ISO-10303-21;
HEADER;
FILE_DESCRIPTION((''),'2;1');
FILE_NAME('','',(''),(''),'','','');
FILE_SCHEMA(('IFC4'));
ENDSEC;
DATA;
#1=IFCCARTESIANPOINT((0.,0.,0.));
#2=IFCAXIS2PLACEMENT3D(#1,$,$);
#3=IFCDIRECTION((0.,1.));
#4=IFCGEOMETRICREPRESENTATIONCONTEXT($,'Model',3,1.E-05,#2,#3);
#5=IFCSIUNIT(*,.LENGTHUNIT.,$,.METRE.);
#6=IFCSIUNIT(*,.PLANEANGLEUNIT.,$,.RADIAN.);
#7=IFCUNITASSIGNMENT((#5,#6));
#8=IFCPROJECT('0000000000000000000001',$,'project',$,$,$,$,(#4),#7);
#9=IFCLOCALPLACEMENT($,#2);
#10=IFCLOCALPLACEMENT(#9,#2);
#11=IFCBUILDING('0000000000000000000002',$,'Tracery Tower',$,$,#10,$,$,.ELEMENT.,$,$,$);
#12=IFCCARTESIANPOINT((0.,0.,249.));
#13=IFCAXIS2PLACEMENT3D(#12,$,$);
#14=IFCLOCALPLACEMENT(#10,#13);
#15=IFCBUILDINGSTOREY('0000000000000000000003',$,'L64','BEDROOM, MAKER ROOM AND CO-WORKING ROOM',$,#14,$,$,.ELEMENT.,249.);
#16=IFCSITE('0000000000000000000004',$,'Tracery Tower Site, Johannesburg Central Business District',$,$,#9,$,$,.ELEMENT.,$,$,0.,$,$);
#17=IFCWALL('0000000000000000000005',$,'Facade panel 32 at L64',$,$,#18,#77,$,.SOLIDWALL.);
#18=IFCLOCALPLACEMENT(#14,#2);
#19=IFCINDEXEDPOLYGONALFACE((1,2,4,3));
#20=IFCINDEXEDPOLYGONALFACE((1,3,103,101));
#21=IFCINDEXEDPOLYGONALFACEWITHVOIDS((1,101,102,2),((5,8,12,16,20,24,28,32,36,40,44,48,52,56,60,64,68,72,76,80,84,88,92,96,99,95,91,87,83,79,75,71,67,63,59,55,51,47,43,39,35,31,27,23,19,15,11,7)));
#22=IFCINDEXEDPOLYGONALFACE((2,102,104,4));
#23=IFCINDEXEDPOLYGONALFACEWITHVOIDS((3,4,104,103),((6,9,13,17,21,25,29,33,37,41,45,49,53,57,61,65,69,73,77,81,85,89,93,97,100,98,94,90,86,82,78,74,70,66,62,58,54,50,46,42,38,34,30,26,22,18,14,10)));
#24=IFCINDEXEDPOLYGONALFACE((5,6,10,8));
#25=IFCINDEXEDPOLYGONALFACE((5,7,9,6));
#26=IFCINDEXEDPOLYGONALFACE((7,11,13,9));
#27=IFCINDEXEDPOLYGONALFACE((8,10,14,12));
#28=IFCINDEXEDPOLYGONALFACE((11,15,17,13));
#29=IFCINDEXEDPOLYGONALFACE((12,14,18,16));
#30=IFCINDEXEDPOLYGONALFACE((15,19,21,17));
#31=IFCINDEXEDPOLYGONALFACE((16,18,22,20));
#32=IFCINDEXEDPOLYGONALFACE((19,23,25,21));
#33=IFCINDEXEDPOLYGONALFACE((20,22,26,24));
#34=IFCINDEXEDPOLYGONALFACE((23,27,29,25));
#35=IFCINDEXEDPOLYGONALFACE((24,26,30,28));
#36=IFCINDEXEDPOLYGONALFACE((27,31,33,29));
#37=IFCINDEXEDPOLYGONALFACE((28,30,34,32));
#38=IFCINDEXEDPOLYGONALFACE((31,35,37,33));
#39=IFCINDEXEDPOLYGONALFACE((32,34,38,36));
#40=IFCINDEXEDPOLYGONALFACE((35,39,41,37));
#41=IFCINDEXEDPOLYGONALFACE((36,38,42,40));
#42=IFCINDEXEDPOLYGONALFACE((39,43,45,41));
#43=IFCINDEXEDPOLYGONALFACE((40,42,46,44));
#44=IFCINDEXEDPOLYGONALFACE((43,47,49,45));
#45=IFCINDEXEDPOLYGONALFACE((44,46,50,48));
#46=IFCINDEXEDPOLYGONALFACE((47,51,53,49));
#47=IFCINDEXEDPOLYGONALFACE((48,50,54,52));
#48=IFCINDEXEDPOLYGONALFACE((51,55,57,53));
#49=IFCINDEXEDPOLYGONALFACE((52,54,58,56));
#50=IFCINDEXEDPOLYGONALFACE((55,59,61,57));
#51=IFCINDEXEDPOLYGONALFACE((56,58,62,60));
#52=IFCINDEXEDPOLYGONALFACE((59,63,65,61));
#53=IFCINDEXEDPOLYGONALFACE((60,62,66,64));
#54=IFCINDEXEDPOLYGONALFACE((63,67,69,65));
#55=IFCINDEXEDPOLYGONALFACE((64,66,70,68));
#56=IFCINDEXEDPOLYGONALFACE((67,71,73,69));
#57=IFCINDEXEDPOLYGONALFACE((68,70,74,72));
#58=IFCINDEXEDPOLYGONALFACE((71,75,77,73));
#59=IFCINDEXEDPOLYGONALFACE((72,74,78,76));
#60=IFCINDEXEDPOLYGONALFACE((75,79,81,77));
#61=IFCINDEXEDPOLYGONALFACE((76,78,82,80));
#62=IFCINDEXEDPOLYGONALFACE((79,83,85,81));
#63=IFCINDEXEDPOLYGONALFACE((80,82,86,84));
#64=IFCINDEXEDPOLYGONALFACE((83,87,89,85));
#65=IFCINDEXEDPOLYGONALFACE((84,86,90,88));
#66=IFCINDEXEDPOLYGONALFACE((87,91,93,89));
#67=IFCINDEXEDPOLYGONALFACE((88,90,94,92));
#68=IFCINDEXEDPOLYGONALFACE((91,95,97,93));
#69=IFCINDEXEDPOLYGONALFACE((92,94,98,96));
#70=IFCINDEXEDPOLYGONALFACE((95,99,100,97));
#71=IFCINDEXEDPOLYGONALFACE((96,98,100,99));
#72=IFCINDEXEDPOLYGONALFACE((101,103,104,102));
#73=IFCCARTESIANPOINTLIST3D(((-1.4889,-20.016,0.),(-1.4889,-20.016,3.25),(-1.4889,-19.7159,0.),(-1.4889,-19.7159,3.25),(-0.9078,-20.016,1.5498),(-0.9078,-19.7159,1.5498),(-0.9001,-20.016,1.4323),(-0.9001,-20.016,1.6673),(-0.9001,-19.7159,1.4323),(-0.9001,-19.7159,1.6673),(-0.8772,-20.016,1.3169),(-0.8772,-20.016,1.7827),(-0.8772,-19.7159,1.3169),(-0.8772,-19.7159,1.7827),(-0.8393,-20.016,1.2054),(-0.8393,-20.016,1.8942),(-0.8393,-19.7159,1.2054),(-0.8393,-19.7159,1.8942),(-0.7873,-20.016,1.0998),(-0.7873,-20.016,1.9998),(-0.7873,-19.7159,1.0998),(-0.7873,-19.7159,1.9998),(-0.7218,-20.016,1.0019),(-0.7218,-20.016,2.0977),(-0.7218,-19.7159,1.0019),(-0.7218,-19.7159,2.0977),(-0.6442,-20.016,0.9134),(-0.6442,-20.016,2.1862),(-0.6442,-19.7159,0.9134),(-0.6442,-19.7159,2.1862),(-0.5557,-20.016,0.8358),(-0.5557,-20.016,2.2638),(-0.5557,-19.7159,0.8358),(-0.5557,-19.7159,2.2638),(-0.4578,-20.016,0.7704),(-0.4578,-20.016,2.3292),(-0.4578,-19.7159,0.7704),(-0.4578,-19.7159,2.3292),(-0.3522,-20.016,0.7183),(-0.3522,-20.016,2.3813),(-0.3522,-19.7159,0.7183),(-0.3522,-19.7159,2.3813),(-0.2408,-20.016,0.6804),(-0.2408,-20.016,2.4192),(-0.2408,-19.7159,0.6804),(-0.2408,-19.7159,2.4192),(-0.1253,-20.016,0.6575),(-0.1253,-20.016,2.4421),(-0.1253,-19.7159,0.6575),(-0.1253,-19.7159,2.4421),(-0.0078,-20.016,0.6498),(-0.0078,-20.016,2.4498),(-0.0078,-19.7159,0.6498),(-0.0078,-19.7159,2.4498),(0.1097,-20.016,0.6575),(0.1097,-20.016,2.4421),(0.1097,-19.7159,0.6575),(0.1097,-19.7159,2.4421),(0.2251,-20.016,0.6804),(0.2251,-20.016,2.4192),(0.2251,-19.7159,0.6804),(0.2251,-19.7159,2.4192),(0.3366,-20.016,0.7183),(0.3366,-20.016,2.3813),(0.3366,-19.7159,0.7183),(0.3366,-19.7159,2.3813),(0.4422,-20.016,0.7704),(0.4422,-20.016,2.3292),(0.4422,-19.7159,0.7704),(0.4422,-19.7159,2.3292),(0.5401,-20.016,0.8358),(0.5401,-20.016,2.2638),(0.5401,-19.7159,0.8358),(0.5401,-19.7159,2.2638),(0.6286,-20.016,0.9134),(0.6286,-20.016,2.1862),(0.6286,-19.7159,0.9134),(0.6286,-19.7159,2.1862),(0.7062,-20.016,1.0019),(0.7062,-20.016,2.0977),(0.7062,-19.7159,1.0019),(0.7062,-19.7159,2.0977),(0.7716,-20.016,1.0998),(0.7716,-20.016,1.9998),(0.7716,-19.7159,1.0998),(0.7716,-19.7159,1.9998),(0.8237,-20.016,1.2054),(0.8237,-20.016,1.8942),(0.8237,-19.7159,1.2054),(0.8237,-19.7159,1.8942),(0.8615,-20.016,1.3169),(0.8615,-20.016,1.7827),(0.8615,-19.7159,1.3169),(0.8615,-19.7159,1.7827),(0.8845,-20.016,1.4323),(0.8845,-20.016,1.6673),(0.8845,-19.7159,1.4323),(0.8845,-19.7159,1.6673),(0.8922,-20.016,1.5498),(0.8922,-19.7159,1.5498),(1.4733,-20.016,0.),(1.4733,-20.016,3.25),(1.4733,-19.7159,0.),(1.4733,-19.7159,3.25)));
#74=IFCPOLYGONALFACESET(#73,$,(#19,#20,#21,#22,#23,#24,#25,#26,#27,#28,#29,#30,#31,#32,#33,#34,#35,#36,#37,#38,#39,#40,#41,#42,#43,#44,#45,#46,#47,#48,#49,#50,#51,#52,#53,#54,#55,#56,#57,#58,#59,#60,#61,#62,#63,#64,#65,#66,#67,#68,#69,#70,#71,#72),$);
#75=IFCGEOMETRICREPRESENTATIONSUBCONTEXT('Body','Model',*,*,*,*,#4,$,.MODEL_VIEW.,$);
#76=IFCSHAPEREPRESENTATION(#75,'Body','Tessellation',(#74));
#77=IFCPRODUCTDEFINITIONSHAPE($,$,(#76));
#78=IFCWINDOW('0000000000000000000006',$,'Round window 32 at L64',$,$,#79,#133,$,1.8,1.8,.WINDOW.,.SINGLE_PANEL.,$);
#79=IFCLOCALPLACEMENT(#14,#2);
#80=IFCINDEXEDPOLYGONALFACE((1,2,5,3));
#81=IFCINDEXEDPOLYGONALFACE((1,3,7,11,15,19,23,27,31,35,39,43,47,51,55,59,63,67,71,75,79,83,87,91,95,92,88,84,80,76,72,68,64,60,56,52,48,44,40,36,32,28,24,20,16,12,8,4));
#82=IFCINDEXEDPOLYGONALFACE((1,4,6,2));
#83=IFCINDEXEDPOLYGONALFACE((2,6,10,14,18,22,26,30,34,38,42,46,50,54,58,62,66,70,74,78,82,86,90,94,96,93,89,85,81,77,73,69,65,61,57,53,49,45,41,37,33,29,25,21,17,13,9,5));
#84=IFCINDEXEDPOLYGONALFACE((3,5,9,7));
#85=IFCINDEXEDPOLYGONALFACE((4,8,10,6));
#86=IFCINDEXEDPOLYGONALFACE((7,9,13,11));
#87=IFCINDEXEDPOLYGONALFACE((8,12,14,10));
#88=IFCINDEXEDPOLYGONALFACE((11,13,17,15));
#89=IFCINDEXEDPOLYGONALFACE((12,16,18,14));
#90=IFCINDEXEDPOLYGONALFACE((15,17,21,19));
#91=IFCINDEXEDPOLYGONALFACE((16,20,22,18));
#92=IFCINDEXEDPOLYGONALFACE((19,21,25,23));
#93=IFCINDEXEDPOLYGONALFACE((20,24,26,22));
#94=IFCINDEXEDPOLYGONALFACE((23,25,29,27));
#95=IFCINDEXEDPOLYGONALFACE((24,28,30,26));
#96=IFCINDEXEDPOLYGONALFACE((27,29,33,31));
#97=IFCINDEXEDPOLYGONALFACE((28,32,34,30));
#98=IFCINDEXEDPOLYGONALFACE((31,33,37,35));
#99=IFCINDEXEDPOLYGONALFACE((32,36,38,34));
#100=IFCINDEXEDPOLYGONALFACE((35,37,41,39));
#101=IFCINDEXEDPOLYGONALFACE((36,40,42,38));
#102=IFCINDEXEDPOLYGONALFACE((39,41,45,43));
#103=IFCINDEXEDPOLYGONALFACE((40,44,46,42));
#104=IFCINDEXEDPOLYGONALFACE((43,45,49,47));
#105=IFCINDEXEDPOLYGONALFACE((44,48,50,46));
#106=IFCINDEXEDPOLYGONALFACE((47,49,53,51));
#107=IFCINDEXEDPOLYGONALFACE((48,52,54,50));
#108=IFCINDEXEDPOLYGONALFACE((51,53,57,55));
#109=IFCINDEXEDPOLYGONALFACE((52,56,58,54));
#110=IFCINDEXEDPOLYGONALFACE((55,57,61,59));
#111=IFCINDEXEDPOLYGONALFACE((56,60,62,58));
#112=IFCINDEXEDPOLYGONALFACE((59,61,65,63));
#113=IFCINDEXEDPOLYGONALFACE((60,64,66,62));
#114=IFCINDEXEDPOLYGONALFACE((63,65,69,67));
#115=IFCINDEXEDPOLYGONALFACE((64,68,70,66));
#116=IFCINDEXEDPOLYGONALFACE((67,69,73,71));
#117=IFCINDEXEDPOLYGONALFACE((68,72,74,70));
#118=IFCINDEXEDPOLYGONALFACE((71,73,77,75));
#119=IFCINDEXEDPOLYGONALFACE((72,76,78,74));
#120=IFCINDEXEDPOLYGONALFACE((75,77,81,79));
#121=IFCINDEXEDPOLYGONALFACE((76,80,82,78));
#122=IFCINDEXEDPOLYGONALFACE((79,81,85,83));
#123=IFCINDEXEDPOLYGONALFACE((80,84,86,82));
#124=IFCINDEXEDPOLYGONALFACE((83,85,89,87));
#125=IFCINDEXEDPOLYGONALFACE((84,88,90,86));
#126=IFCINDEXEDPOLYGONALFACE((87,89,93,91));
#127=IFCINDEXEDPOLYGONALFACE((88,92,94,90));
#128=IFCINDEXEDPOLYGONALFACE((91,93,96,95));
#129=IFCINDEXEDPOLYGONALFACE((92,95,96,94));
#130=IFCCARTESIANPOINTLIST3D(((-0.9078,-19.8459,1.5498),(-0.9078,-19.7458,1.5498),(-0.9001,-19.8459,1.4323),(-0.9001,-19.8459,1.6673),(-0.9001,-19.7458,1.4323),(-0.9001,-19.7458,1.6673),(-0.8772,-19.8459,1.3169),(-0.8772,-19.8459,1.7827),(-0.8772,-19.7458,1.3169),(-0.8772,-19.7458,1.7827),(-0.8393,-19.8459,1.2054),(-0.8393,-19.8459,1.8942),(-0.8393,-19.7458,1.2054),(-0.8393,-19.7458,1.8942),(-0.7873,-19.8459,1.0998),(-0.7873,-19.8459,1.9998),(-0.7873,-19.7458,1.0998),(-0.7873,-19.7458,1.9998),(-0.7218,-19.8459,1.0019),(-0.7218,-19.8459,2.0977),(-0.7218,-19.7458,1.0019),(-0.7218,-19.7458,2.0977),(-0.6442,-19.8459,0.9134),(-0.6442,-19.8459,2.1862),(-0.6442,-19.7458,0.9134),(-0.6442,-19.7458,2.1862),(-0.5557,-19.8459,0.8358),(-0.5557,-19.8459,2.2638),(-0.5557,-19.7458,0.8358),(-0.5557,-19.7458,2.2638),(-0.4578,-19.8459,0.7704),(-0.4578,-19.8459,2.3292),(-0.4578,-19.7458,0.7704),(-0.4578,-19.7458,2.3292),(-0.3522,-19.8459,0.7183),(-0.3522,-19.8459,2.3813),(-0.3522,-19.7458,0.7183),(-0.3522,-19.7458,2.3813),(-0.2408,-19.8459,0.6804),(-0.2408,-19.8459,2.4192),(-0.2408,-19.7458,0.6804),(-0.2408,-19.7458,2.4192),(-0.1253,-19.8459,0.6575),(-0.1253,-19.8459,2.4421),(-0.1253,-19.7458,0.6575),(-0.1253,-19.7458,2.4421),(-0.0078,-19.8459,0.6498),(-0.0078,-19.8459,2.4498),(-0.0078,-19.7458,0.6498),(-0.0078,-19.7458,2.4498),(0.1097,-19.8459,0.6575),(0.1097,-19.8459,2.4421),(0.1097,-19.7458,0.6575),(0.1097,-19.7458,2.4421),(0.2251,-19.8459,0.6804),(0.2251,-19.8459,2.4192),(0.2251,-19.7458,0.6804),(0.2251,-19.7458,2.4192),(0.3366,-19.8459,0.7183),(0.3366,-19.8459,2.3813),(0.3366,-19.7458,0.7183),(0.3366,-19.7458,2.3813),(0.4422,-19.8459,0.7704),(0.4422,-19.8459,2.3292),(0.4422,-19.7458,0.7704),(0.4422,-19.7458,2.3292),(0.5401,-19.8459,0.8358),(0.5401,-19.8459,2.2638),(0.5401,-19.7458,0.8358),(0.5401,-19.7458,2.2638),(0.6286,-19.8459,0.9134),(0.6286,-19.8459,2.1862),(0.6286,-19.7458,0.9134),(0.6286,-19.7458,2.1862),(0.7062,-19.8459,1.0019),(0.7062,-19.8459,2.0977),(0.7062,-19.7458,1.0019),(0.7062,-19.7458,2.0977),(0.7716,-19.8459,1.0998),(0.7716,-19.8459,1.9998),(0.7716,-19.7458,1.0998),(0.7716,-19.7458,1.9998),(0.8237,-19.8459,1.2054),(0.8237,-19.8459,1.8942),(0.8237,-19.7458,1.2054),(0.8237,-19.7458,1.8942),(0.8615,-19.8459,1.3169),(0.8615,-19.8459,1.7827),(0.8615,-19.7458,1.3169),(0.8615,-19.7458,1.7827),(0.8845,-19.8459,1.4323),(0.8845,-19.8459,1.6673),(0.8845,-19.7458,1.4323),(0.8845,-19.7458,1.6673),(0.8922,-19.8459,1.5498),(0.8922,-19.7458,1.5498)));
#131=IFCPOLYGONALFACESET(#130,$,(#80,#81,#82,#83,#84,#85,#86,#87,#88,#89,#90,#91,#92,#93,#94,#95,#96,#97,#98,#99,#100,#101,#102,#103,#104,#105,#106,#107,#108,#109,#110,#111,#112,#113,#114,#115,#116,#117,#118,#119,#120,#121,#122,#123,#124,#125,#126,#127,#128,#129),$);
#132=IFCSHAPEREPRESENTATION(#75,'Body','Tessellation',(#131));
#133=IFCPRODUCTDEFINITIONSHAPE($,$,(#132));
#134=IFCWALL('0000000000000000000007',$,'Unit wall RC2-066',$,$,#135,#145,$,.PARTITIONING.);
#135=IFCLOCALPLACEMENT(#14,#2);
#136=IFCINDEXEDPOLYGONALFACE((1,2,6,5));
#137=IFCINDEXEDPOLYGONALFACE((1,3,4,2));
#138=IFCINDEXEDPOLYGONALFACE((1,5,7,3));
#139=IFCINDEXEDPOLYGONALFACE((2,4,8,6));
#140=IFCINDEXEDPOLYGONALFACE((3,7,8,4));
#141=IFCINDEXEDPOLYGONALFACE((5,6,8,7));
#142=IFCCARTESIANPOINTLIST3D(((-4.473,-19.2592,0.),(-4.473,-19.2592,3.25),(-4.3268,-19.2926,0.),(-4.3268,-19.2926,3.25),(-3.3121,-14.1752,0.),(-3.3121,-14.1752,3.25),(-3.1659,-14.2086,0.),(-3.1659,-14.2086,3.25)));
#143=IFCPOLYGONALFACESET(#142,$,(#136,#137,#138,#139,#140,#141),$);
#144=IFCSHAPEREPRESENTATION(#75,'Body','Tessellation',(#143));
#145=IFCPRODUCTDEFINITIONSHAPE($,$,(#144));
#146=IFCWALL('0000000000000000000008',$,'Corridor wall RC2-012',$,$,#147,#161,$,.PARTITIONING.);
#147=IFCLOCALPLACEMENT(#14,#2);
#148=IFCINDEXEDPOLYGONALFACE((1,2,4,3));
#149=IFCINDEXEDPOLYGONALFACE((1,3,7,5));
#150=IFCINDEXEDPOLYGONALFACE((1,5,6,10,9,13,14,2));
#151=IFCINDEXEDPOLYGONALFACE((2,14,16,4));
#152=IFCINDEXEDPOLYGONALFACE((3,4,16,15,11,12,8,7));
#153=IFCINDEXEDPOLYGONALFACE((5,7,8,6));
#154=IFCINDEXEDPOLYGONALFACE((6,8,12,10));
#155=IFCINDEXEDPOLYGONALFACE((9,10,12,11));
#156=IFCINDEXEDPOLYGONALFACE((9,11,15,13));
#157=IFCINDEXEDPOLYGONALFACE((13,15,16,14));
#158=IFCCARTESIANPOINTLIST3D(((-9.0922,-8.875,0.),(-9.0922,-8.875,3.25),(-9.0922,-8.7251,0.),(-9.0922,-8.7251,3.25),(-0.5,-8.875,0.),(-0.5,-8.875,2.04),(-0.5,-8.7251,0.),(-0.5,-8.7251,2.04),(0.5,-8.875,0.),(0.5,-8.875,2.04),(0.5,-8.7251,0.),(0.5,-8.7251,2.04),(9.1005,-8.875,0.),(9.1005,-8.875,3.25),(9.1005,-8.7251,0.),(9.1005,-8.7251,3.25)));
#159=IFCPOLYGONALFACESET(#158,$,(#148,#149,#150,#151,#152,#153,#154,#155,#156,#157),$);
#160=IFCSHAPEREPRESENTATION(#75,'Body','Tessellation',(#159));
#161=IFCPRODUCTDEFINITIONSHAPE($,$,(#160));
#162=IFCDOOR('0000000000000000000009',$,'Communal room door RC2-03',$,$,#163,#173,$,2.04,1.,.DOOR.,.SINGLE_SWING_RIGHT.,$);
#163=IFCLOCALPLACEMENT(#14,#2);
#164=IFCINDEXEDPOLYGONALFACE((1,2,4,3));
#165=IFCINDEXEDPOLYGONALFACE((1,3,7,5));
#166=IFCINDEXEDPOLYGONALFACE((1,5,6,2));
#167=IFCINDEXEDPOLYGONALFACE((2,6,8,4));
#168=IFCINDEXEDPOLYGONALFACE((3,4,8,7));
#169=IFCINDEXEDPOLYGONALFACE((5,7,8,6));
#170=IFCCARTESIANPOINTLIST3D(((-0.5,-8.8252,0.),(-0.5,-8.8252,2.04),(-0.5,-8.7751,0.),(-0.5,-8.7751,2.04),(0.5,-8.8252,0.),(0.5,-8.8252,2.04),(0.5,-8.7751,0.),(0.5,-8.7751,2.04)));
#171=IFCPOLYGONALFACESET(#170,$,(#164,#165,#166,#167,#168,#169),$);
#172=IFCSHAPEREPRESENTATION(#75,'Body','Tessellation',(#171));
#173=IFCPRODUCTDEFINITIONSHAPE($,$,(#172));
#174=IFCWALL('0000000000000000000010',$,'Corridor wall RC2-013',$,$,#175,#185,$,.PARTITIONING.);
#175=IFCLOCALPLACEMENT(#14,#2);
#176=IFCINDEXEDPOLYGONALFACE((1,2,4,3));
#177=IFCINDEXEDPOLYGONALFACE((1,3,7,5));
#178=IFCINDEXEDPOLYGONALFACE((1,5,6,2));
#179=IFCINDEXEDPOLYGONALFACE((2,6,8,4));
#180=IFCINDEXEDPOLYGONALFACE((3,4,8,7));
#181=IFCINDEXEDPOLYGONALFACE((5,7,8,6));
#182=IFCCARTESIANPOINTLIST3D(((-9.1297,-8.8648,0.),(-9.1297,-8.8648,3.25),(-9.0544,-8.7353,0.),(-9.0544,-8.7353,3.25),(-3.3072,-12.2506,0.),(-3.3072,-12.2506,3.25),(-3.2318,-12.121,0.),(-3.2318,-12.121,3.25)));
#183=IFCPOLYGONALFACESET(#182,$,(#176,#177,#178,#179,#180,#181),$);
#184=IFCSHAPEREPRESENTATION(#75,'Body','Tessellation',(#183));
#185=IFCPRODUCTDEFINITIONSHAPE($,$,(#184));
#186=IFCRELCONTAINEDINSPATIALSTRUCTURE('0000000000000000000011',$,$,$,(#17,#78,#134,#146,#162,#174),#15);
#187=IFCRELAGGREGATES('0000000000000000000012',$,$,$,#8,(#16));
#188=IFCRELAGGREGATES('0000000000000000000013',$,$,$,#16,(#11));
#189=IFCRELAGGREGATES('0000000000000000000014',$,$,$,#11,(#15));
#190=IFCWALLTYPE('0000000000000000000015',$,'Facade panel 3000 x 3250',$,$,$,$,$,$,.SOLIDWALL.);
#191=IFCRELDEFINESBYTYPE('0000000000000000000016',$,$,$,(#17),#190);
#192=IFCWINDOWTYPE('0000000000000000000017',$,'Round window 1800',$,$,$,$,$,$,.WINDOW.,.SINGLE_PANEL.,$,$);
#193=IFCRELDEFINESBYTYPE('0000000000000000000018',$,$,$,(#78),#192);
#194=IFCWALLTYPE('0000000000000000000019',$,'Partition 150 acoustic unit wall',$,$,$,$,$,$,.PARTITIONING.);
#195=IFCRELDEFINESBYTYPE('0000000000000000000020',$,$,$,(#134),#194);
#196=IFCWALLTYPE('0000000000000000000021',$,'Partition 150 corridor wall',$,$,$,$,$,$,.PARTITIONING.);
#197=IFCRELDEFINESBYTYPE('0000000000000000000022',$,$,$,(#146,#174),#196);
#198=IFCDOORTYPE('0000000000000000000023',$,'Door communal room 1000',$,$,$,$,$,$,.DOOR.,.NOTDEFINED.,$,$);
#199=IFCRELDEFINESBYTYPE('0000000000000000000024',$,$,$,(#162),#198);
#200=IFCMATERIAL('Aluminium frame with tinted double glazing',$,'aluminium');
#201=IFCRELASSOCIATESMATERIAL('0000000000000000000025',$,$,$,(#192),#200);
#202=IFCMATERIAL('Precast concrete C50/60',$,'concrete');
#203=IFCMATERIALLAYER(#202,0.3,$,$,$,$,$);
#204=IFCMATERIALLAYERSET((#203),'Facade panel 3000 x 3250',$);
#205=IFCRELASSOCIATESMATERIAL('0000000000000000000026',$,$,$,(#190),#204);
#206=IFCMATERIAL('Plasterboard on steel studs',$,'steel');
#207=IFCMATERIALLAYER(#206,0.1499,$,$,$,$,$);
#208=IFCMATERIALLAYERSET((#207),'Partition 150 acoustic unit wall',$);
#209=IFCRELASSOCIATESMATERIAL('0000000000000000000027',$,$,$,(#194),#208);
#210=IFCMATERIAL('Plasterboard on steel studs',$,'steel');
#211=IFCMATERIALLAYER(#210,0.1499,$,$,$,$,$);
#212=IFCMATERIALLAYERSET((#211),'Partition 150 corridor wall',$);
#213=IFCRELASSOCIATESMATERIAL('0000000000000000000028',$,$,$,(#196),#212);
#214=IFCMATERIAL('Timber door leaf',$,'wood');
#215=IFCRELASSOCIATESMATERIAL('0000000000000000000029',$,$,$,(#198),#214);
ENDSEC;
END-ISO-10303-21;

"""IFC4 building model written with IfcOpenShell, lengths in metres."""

from ifc_helpers import new_model, si_unit, direction, frame, frame_2d, origin, origin_2d, place, context, subcontext, project, spatial, rectangle, circle, extrude, material, layer, layer_set, type_object, element, fill, save


model = new_model("IFC4")

# Units and contexts
model_context = context("Model", 3, precision=1e-05, world=origin(), true_north=direction((0.0, 1.0)))
body_context = subcontext(model_context, "Body", "Model", "MODEL_VIEW")
ifc_project = project(units=[si_unit("LENGTHUNIT", "METRE"), si_unit("PLANEANGLEUNIT", "RADIAN")], contexts=[model_context])

# Site, building, storey
site_placement = place(None, origin())
site = spatial("IfcSite", under=ifc_project, at=site_placement, Name="Tracery Tower Site, Johannesburg Central Business District", CompositionType="ELEMENT", RefElevation=0.0)
building_placement = place(site_placement, origin())
building = spatial("IfcBuilding", under=site, at=building_placement, Name="Tracery Tower", CompositionType="ELEMENT")
storey_placement = place(building_placement, frame((0.0, 0.0, 249.0)))
storey = spatial("IfcBuildingStorey", under=building, at=storey_placement, Name="L64", Description="BEDROOM, MAKER ROOM AND CO-WORKING ROOM", CompositionType="ELEMENT", Elevation=249.0)

# Wall, opening, window
ifc_material_1 = material(Name="Aluminium frame with tinted double glazing", Category="aluminium")
window_type = type_object("IfcWindowType", Name="Round window 1800", PartitioningType="SINGLE_PANEL", PredefinedType="WINDOW", material=ifc_material_1)
ifc_material_2 = material(Name="Precast concrete C50/60", Category="concrete")
ifc_layer_1 = layer(ifc_material_2, 0.3)
ifc_layer_set_1 = layer_set([ifc_layer_1], Name="Facade panel 3000 x 3250")
wall_type_1 = type_object("IfcWallType", Name="Facade panel 3000 x 3250", PredefinedType="SOLIDWALL", material=ifc_layer_set_1)
wall_1_placement = place(storey_placement, frame((-1.4888, -19.866, 0.0), z_axis=(0.0, 0.0, 1.0), x_axis=(1.0, 0.0, 0.0)))
wall_1 = element("IfcWall", 1, at=wall_1_placement, inside=storey, type_object=wall_type_1, Name="Facade panel 32 at L64", PredefinedType="SOLIDWALL", context=body_context, shape_type="SweptSolid", body=[
    extrude(rectangle(XDim=2.9622, YDim=0.3, at=frame_2d((1.481, 0.0))), origin(), (0.0, 0.0, 1.0), 3.25),
])
opening_1_placement = place(wall_1_placement, frame((1.481, 0.0, 1.5498)))
opening_1 = element("IfcOpeningElement", 2, at=opening_1_placement, cuts=wall_1, PredefinedType="OPENING", context=body_context, shape_type="SweptSolid", body=[
    extrude(circle(Radius=0.9, at=origin_2d()), frame((0.0, 0.1599, 0.0), z_axis=(0.0, -1.0, 0.0), x_axis=(1.0, 0.0, 0.0)), (0.0, 0.0, 1.0), 0.3201),
])
window_1_placement = place(opening_1_placement, origin())
window_1 = element("IfcWindow", 3, at=window_1_placement, inside=storey, type_object=window_type, Name="Round window 32 at L64", OverallHeight=1.8, OverallWidth=1.8, PartitioningType="SINGLE_PANEL", PredefinedType="WINDOW", context=body_context, shape_type="SweptSolid", body=[
    extrude(circle(Radius=0.9, at=origin_2d()), frame((0.0, 0.1201, 0.0), z_axis=(0.0, -1.0, 0.0), x_axis=(1.0, 0.0, 0.0)), (0.0, 0.0, 1.0), 0.1001),
])
fill(opening_1, window_1)

# Wall
ifc_material_3 = material(Name="Plasterboard on steel studs", Category="steel")
ifc_layer_2 = layer(ifc_material_3, 0.1499)
ifc_layer_set_2 = layer_set([ifc_layer_2], Name="Partition 150 acoustic unit wall")
wall_type_2 = type_object("IfcWallType", Name="Partition 150 acoustic unit wall", PredefinedType="PARTITIONING", material=ifc_layer_set_2)
wall_2_placement = place(storey_placement, frame((-4.3999, -19.2759, 0.0), z_axis=(0.0, 0.0, 1.0), x_axis=(0.222613, 0.974907, 0.0)))
element("IfcWall", 4, at=wall_2_placement, inside=storey, type_object=wall_type_2, Name="Unit wall RC2-066", PredefinedType="PARTITIONING", context=body_context, shape_type="SweptSolid", body=[
    extrude(rectangle(XDim=5.2148, YDim=0.1499, at=frame_2d((2.6074, 0.0))), origin(), (0.0, 0.0, 1.0), 3.25),
])

# Wall, opening, door
ifc_material_4 = material(Name="Plasterboard on steel studs", Category="steel")
ifc_layer_3 = layer(ifc_material_4, 0.1499)
ifc_layer_set_3 = layer_set([ifc_layer_3], Name="Partition 150 corridor wall")
wall_type_3 = type_object("IfcWallType", Name="Partition 150 corridor wall", PredefinedType="PARTITIONING", material=ifc_layer_set_3)
wall_3_placement = place(storey_placement, frame((-9.092, -8.8, 0.0), z_axis=(0.0, 0.0, 1.0), x_axis=(1.0, 0.0, 0.0)))
wall_3 = element("IfcWall", 5, at=wall_3_placement, inside=storey, type_object=wall_type_3, Name="Corridor wall RC2-012", PredefinedType="PARTITIONING", context=body_context, shape_type="SweptSolid", body=[
    extrude(rectangle(XDim=18.1926, YDim=0.1499, at=frame_2d((9.0962, 0.0))), origin(), (0.0, 0.0, 1.0), 3.25),
])
opening_2_placement = place(wall_3_placement, frame((8.592, 0.0, 0.0)))
opening_2 = element("IfcOpeningElement", 6, at=opening_2_placement, cuts=wall_3, PredefinedType="OPENING", context=body_context, shape_type="SweptSolid", body=[
    extrude(rectangle(XDim=1.0, YDim=2.04, at=frame_2d((0.5, 1.02))), frame((0.0, 0.075, 0.0), z_axis=(0.0, -1.0, 0.0), x_axis=(1.0, 0.0, 0.0)), (0.0, 0.0, 1.0), 0.1499),
])
ifc_material_5 = material(Name="Timber door leaf", Category="wood")
door_type = type_object("IfcDoorType", Name="Door communal room 1000", OperationType="NOTDEFINED", PredefinedType="DOOR", material=ifc_material_5)
door_1_placement = place(opening_2_placement, origin())
door_1 = element("IfcDoor", 7, at=door_1_placement, inside=storey, type_object=door_type, Name="Communal room door RC2-03", OperationType="SINGLE_SWING_RIGHT", OverallHeight=2.04, OverallWidth=1.0, PredefinedType="DOOR", context=body_context, shape_type="SweptSolid", body=[
    extrude(rectangle(XDim=1.0, YDim=2.04, at=frame_2d((0.5, 1.02))), frame((0.0, 0.0249, 0.0), z_axis=(0.0, -1.0, 0.0), x_axis=(1.0, 0.0, 0.0)), (0.0, 0.0, 1.0), 0.05),
])
fill(opening_2, door_1)

# Wall
wall_4_placement = place(storey_placement, frame((-9.092, -8.8, 0.0), z_axis=(0.0, 0.0, 1.0), x_axis=(0.864471, -0.502683, 0.0)))
element("IfcWall", 8, at=wall_4_placement, inside=storey, type_object=wall_type_3, Name="Corridor wall RC2-013", PredefinedType="PARTITIONING", context=body_context, shape_type="SweptSolid", body=[
    extrude(rectangle(XDim=6.7354, YDim=0.1499, at=frame_2d((3.3677, 0.0))), origin(), (0.0, 0.0, 1.0), 3.25),
])

save(model, "model.ifc")
